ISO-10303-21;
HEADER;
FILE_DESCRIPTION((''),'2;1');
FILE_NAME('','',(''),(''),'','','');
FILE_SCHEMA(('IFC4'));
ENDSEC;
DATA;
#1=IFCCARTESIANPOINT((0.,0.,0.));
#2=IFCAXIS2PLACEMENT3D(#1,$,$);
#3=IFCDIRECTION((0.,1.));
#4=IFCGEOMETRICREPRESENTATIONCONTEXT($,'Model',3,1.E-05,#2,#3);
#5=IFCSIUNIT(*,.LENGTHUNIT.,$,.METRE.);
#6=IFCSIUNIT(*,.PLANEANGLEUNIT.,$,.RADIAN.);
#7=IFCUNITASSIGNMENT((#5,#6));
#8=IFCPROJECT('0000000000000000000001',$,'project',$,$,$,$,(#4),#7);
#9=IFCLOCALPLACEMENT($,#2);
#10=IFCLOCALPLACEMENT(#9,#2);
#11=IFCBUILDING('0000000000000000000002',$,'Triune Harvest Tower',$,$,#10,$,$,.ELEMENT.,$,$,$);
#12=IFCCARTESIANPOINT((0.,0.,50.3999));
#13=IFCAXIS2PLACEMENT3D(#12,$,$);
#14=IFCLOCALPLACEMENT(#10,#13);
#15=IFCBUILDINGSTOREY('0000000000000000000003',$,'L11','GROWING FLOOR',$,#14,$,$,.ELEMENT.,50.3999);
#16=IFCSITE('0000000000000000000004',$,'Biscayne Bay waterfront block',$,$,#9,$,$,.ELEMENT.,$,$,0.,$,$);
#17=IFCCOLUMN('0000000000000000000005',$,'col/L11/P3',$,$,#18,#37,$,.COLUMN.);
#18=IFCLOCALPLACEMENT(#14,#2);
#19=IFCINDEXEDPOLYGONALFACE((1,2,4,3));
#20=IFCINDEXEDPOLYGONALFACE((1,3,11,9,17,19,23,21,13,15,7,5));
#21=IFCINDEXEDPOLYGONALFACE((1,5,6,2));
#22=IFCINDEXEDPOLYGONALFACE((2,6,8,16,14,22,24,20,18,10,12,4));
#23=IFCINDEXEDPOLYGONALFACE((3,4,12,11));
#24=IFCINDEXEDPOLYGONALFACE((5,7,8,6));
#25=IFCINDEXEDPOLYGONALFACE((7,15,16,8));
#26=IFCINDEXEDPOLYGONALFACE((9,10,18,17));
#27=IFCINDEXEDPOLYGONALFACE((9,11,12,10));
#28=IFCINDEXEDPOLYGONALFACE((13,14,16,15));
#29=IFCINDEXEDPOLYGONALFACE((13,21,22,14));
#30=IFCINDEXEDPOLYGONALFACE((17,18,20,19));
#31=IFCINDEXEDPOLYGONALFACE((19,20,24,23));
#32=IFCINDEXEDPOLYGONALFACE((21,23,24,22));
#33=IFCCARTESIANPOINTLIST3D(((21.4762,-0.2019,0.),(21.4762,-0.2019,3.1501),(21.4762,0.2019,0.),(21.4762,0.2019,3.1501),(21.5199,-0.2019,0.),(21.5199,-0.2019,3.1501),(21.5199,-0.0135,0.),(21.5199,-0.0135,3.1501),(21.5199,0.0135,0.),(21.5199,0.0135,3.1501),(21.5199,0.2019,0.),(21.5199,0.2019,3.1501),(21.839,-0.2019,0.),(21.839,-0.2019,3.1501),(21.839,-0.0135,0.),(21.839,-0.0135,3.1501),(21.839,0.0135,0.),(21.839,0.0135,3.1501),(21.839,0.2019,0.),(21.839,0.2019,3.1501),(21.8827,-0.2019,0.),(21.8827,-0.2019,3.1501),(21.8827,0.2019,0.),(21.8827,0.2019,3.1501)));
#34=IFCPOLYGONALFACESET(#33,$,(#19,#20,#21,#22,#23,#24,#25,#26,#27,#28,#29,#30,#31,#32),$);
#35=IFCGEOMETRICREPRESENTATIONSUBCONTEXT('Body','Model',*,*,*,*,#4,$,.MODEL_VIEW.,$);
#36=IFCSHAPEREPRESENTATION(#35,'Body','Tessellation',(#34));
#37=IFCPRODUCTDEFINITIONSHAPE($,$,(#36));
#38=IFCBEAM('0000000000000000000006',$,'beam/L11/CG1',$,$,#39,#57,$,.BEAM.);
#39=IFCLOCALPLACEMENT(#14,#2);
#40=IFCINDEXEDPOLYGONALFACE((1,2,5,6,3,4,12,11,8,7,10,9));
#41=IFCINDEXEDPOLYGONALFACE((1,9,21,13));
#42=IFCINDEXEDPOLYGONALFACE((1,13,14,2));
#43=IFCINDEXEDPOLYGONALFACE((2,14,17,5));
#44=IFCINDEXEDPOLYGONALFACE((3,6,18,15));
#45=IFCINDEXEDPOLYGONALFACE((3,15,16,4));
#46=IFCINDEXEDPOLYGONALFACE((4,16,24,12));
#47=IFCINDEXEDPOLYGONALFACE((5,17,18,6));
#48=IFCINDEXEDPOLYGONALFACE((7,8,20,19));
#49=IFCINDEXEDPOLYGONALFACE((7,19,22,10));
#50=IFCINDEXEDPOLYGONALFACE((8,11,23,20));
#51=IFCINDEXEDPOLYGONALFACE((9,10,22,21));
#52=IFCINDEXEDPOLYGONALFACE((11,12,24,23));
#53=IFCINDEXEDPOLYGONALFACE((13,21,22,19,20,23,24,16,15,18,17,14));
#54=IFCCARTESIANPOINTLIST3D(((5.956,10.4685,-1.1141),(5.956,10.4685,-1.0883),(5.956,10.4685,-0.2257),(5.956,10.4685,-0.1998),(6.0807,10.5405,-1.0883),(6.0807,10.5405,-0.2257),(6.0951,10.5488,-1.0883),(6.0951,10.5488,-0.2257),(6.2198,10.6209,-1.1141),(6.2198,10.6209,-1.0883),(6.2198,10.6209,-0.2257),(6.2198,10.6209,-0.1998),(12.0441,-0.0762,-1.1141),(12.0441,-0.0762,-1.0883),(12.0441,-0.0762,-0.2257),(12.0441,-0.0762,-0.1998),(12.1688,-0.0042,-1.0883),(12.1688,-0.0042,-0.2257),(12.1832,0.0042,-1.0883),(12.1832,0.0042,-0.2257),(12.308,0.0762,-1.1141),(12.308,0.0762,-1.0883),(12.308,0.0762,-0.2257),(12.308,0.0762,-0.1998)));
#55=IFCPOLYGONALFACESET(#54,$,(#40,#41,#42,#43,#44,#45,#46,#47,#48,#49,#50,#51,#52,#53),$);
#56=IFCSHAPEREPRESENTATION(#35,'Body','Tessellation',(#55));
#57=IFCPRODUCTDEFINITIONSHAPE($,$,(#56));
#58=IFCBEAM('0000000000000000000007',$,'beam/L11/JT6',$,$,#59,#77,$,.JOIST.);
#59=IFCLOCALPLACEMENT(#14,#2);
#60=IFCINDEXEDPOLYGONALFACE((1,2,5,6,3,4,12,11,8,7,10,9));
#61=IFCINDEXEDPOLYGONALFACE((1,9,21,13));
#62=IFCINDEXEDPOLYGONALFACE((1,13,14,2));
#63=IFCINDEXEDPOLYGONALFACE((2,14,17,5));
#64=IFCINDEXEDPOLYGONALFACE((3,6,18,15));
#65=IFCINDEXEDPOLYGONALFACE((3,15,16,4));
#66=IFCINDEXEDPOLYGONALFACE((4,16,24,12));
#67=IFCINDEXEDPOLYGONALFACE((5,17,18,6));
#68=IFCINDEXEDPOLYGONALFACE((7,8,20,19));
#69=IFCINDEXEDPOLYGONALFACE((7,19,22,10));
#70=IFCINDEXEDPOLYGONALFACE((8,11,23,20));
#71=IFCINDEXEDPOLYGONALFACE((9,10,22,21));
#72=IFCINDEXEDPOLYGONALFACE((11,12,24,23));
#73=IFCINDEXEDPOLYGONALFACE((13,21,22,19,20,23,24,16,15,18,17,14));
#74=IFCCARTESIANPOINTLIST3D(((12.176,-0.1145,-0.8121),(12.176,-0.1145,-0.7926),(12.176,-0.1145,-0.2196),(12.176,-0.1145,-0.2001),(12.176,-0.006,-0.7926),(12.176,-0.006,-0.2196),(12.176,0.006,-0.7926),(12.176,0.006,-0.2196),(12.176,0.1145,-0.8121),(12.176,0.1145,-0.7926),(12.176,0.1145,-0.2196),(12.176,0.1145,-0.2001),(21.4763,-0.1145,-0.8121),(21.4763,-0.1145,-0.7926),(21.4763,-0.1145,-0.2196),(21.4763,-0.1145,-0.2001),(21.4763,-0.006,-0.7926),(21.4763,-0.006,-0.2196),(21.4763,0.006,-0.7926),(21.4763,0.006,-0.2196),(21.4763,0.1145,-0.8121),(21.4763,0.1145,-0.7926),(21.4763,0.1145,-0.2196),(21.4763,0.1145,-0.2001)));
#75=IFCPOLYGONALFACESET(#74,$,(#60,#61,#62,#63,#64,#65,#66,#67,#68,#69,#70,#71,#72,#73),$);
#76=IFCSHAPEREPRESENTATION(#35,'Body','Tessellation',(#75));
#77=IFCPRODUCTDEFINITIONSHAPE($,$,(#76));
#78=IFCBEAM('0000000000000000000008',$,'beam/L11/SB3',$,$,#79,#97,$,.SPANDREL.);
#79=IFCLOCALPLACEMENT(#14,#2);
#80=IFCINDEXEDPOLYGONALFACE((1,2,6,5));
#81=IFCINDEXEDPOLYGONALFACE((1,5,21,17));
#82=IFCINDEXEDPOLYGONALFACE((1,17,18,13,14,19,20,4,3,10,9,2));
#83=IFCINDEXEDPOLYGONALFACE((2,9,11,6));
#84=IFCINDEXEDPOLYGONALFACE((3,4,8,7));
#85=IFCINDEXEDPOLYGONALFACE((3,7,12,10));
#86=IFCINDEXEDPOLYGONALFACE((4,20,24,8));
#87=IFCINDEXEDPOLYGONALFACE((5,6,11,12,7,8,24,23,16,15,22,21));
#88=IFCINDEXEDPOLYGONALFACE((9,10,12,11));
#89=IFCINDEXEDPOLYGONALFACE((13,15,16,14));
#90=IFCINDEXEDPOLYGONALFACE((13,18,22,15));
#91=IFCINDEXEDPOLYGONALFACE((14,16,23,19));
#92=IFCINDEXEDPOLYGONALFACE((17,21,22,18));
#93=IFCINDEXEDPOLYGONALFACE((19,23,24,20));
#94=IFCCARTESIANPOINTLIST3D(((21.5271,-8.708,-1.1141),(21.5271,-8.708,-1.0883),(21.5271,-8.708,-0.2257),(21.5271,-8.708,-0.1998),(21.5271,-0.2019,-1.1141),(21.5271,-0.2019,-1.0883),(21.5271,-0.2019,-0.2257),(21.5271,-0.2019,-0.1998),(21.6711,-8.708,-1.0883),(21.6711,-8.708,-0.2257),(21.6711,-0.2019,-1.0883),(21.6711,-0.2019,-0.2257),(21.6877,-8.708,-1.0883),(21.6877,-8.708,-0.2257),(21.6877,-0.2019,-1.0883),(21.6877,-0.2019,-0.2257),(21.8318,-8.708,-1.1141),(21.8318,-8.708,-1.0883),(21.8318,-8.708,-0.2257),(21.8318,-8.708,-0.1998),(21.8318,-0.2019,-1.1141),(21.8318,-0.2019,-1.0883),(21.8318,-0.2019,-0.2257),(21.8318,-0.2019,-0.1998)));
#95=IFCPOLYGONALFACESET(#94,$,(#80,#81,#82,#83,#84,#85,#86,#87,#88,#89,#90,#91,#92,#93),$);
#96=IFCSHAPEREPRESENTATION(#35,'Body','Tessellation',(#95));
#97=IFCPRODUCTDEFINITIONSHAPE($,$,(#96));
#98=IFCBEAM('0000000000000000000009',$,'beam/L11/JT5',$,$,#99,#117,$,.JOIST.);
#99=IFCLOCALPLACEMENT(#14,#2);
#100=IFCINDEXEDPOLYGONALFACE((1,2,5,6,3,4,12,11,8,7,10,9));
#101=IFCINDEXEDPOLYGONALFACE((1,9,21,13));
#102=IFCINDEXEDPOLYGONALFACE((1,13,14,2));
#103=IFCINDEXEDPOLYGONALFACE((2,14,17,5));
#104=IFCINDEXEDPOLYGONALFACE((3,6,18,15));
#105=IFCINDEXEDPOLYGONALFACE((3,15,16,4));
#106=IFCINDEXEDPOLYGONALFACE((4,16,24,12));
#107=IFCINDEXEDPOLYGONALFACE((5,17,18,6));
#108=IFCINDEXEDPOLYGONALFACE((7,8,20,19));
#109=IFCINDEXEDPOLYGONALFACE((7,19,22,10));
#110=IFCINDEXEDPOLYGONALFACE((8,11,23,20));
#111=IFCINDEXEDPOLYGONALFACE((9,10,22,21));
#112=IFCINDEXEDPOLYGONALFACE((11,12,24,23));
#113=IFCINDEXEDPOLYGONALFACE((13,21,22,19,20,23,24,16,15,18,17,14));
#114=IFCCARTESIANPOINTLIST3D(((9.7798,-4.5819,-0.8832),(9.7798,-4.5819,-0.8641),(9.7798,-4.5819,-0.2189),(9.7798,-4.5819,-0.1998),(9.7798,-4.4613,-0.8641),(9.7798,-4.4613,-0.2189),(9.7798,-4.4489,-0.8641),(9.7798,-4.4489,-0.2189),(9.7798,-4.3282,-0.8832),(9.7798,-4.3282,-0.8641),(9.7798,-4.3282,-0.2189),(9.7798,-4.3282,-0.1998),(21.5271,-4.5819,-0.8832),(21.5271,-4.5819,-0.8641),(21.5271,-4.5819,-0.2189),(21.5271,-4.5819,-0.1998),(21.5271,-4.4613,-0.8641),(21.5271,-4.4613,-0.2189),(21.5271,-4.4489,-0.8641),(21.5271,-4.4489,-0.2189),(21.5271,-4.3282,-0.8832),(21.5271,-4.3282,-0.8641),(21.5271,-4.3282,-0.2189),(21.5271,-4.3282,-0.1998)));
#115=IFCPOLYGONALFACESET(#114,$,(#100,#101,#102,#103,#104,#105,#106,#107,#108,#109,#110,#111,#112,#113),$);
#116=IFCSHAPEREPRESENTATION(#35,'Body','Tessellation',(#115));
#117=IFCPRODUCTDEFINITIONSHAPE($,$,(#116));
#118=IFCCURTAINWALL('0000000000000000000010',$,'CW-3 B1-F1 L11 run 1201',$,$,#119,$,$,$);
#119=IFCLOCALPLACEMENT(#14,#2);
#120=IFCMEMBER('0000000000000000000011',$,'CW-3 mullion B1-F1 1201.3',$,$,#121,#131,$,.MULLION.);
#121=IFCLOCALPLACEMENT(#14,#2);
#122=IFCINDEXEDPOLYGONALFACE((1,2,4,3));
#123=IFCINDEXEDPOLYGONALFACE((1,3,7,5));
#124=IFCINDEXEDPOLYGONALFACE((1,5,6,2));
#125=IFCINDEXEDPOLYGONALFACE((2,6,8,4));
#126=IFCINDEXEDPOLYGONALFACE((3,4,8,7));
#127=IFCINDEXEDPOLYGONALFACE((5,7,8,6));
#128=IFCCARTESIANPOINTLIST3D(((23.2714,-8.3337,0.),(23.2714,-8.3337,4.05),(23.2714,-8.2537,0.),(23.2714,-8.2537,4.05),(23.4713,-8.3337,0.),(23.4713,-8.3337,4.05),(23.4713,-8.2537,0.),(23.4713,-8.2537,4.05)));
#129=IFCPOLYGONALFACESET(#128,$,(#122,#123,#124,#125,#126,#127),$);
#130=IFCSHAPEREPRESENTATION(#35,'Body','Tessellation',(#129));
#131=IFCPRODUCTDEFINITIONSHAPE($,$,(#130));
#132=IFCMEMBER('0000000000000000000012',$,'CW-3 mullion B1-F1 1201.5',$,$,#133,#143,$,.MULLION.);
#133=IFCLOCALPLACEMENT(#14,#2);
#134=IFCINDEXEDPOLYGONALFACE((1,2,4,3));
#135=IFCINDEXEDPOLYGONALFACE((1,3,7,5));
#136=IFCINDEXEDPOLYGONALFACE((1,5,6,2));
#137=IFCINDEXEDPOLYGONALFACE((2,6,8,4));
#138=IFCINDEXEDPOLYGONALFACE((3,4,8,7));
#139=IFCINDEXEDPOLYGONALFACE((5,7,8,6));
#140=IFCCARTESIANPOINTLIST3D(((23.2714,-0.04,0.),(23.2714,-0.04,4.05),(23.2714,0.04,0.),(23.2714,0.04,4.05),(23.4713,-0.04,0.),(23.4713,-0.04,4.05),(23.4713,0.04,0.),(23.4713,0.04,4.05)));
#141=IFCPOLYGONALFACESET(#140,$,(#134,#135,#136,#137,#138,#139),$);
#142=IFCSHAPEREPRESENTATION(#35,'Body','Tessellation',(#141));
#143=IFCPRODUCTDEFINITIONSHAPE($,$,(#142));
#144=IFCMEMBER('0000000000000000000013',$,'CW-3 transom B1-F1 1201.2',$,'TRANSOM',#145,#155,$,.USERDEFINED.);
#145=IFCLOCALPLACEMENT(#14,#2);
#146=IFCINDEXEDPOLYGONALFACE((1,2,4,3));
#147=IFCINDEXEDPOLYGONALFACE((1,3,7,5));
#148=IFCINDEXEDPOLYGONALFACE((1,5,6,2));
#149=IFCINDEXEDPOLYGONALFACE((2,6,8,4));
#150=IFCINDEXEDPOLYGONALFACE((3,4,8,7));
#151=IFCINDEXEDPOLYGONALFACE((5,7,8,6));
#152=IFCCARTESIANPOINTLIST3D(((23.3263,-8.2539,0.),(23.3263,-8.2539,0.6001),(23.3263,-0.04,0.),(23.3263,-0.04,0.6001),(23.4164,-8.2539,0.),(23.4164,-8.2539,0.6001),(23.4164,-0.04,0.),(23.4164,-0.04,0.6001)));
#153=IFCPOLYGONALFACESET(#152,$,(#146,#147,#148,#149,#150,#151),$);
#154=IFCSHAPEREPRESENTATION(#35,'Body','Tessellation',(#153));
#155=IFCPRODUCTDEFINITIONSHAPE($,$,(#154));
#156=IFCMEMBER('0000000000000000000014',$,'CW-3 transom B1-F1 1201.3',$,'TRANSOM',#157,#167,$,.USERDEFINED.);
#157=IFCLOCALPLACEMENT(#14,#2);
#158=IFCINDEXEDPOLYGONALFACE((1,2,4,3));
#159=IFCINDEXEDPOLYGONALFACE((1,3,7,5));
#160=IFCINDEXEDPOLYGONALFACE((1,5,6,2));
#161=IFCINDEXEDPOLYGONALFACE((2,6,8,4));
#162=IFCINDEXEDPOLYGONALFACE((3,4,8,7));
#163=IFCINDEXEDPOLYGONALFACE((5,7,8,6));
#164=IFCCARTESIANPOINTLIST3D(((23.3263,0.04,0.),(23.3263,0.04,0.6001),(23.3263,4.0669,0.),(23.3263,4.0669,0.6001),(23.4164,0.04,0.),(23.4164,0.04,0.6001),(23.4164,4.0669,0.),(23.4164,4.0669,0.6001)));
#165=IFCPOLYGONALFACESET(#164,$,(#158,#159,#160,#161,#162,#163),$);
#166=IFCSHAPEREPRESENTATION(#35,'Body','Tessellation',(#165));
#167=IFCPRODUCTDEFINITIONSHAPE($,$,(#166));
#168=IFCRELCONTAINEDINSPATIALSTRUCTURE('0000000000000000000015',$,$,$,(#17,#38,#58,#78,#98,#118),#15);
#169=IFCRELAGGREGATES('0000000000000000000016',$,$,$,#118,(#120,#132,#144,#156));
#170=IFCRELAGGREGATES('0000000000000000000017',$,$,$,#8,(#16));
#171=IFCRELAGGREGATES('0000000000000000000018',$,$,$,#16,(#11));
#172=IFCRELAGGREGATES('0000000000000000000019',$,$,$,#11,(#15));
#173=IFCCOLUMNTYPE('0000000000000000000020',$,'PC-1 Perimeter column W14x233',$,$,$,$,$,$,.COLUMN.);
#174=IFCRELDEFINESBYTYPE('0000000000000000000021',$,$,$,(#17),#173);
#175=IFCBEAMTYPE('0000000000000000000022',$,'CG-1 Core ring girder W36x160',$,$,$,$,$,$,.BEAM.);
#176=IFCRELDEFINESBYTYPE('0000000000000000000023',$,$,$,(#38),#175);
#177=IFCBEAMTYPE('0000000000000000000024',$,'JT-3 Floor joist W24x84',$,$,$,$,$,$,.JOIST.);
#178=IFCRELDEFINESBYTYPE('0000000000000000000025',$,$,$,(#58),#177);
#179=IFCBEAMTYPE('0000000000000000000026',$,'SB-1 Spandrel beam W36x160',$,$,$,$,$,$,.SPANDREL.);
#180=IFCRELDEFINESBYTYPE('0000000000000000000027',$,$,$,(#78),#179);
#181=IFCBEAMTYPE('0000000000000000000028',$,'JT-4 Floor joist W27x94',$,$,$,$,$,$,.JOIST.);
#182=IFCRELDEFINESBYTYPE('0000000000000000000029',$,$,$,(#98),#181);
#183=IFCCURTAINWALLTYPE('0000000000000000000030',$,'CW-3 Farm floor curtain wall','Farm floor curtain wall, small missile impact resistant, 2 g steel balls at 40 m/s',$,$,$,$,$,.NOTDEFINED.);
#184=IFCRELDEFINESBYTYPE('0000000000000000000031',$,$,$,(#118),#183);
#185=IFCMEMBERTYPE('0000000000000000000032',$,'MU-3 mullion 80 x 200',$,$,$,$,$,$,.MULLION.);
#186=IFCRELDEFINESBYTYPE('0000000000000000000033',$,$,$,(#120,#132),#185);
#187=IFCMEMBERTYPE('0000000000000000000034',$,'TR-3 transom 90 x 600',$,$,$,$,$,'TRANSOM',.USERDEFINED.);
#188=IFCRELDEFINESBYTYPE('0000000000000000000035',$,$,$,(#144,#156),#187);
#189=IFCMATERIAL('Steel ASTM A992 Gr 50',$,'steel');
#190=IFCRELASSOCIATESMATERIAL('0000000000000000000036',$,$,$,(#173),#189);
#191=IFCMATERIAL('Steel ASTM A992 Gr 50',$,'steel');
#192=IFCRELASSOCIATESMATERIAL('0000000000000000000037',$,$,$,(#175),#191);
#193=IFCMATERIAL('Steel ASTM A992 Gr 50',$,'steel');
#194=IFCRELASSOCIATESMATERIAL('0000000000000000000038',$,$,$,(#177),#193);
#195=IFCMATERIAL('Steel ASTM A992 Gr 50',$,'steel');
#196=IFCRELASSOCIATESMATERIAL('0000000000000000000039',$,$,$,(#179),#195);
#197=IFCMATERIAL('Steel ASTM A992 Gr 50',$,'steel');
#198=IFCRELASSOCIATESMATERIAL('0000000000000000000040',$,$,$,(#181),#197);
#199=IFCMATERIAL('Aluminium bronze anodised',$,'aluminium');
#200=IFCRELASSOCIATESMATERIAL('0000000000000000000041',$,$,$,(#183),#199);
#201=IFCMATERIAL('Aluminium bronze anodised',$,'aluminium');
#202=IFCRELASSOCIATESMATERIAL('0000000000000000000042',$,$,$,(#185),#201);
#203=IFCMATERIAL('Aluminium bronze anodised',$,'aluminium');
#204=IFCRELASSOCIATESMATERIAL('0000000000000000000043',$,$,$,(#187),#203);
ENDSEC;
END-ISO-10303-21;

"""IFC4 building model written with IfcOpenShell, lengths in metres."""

from ifc_helpers import new_model, si_unit, direction, frame, origin, origin_2d, place, context, subcontext, project, spatial, rectangle, i_section, extrude, source, transform, mapped, material, material_profile, profile_set, type_object, element, aggregate, save


model = new_model("IFC4")

# Units and contexts
model_context = context("Model", 3, precision=1e-05, world=origin(), true_north=direction((0.0, 1.0)))
body_context = subcontext(model_context, "Body", "Model", "MODEL_VIEW")
ifc_project = project(units=[si_unit("LENGTHUNIT", "METRE"), si_unit("PLANEANGLEUNIT", "RADIAN")], contexts=[model_context])

# Site, building, storey
site_placement = place(None, origin())
site = spatial("IfcSite", under=ifc_project, at=site_placement, Name="Biscayne Bay waterfront block", CompositionType="ELEMENT", RefElevation=0.0)
building_placement = place(site_placement, origin())
building = spatial("IfcBuilding", under=site, at=building_placement, Name="Triune Harvest Tower", CompositionType="ELEMENT")
storey_placement = place(building_placement, frame((0.0, 0.0, 50.3999)))
storey = spatial("IfcBuildingStorey", under=building, at=storey_placement, Name="L11", Description="GROWING FLOOR", CompositionType="ELEMENT", Elevation=50.3999)

# Column
ifc_material_1 = material(Name="Steel ASTM A992 Gr 50", Category="steel")
ifc_material_profile_1 = material_profile(ifc_material_1, i_section(OverallWidth=0.4038, OverallDepth=0.4065, WebThickness=0.0271, FlangeThickness=0.0437, at=origin_2d()), Name="W14x233")
ifc_profile_set_1 = profile_set([ifc_material_profile_1], Name="Steel ASTM A992 Gr 50")
column_type = type_object("IfcColumnType", Name="PC-1 Perimeter column W14x233", PredefinedType="COLUMN", material=ifc_profile_set_1)
shared_shape_1 = source(origin(), body_context, "Body", "SweptSolid", [
    extrude(i_section(OverallWidth=0.4038, OverallDepth=0.4065, WebThickness=0.0271, FlangeThickness=0.0437, at=origin_2d()), origin(), (0.0, 0.0, 1.0), 3.1501),
])
column_placement = place(storey_placement, frame((21.6794, 0.0, 0.0), z_axis=(0.0, 0.0, 1.0), x_axis=(0.0, 1.0, 0.0)))
element("IfcColumn", 1, at=column_placement, inside=storey, type_object=column_type, Name="col/L11/P3", PredefinedType="COLUMN", context=body_context, shape_type="MappedRepresentation", body=[
    mapped(shared_shape_1, transform((0.0, 0.0, 0.0), scale=1.0)),
])

# Beams
ifc_material_2 = material(Name="Steel ASTM A992 Gr 50", Category="steel")
ifc_material_profile_2 = material_profile(ifc_material_2, i_section(OverallWidth=0.3047, OverallDepth=0.9143, WebThickness=0.0166, FlangeThickness=0.0259, at=origin_2d()), Name="W36x160")
ifc_profile_set_2 = profile_set([ifc_material_profile_2], Name="Steel ASTM A992 Gr 50")
beam_type_1 = type_object("IfcBeamType", Name="CG-1 Core ring girder W36x160", PredefinedType="BEAM", material=ifc_profile_set_2)
shared_shape_2 = source(origin(), body_context, "Body", "SweptSolid", [
    extrude(i_section(OverallWidth=0.3047, OverallDepth=0.9143, WebThickness=0.0166, FlangeThickness=0.0259, at=origin_2d()), origin(), (0.0, 0.0, 1.0), 12.176),
])
beam_1_placement = place(storey_placement, frame((12.176, 0.0, -0.657), z_axis=(-0.50001, 0.86602, 0.0), x_axis=(-0.86602, -0.50001, 0.0)))
element("IfcBeam", 2, at=beam_1_placement, inside=storey, type_object=beam_type_1, Name="beam/L11/CG1", PredefinedType="BEAM", context=body_context, shape_type="MappedRepresentation", body=[
    mapped(shared_shape_2, transform((0.0, 0.0, 0.0), scale=1.0)),
])
ifc_material_3 = material(Name="Steel ASTM A992 Gr 50", Category="steel")
ifc_material_profile_3 = material_profile(ifc_material_3, i_section(OverallWidth=0.229, OverallDepth=0.6121, WebThickness=0.012, FlangeThickness=0.0195, at=origin_2d()), Name="W24x84")
ifc_profile_set_3 = profile_set([ifc_material_profile_3], Name="Steel ASTM A992 Gr 50")
beam_type_2 = type_object("IfcBeamType", Name="JT-3 Floor joist W24x84", PredefinedType="JOIST", material=ifc_profile_set_3)
shared_shape_3 = source(origin(), body_context, "Body", "SweptSolid", [
    extrude(i_section(OverallWidth=0.229, OverallDepth=0.6121, WebThickness=0.012, FlangeThickness=0.0195, at=origin_2d()), origin(), (0.0, 0.0, 1.0), 9.3003),
])
beam_2_placement = place(storey_placement, frame((21.4763, 0.0, -0.5061), z_axis=(-1.0, 0.0, 0.0), x_axis=(0.0, -1.0, 0.0)))
element("IfcBeam", 3, at=beam_2_placement, inside=storey, type_object=beam_type_2, Name="beam/L11/JT6", PredefinedType="JOIST", context=body_context, shape_type="MappedRepresentation", body=[
    mapped(shared_shape_3, transform((0.0, 0.0, 0.0), scale=1.0)),
])
ifc_material_4 = material(Name="Steel ASTM A992 Gr 50", Category="steel")
ifc_material_profile_4 = material_profile(ifc_material_4, i_section(OverallWidth=0.3047, OverallDepth=0.9143, WebThickness=0.0166, FlangeThickness=0.0259, at=origin_2d()), Name="W36x160")
ifc_profile_set_4 = profile_set([ifc_material_profile_4], Name="Steel ASTM A992 Gr 50")
beam_type_3 = type_object("IfcBeamType", Name="SB-1 Spandrel beam W36x160", PredefinedType="SPANDREL", material=ifc_profile_set_4)
shared_shape_4 = source(origin(), body_context, "Body", "SweptSolid", [
    extrude(i_section(OverallWidth=0.3047, OverallDepth=0.9143, WebThickness=0.0166, FlangeThickness=0.0259, at=origin_2d()), origin(), (0.0, 0.0, 1.0), 8.5061),
])
beam_3_placement = place(storey_placement, frame((21.6794, -8.708, -0.657), z_axis=(0.0, 1.0, 0.0), x_axis=(-1.0, 0.0, 0.0)))
element("IfcBeam", 4, at=beam_3_placement, inside=storey, type_object=beam_type_3, Name="beam/L11/SB3", PredefinedType="SPANDREL", context=body_context, shape_type="MappedRepresentation", body=[
    mapped(shared_shape_4, transform((0.0, 0.0, 0.0), scale=1.0)),
])
ifc_material_5 = material(Name="Steel ASTM A992 Gr 50", Category="steel")
ifc_material_profile_5 = material_profile(ifc_material_5, i_section(OverallWidth=0.2537, OverallDepth=0.6833, WebThickness=0.0125, FlangeThickness=0.019, at=origin_2d()), Name="W27x94")
ifc_profile_set_5 = profile_set([ifc_material_profile_5], Name="Steel ASTM A992 Gr 50")
beam_type_4 = type_object("IfcBeamType", Name="JT-4 Floor joist W27x94", PredefinedType="JOIST", material=ifc_profile_set_5)
shared_shape_5 = source(origin(), body_context, "Body", "SweptSolid", [
    extrude(i_section(OverallWidth=0.2537, OverallDepth=0.6833, WebThickness=0.0125, FlangeThickness=0.019, at=origin_2d()), origin(), (0.0, 0.0, 1.0), 11.7473),
])
beam_4_placement = place(storey_placement, frame((21.5271, -4.4551, -0.5415), z_axis=(-1.0, 0.0, 0.0), x_axis=(0.0, -1.0, 0.0)))
element("IfcBeam", 5, at=beam_4_placement, inside=storey, type_object=beam_type_4, Name="beam/L11/JT5", PredefinedType="JOIST", context=body_context, shape_type="MappedRepresentation", body=[
    mapped(shared_shape_5, transform((0.0, 0.0, 0.0), scale=1.0)),
])

# Curtain wall, members
ifc_material_6 = material(Name="Aluminium bronze anodised", Category="aluminium")
curtain_wall_type = type_object("IfcCurtainWallType", Name="CW-3 Farm floor curtain wall", Description="Farm floor curtain wall, small missile impact resistant, 2 g steel balls at 40 m/s", PredefinedType="NOTDEFINED", material=ifc_material_6)
curtain_wall_placement = place(storey_placement, origin())
curtain_wall = element("IfcCurtainWall", 6, at=curtain_wall_placement, inside=storey, type_object=curtain_wall_type, Name="CW-3 B1-F1 L11 run 1201")
ifc_material_7 = material(Name="Aluminium bronze anodised", Category="aluminium")
ifc_material_profile_6 = material_profile(ifc_material_7, rectangle(XDim=0.2, YDim=0.0801, at=origin_2d()), Name="MU-3 mullion 80 x 200")
ifc_profile_set_6 = profile_set([ifc_material_profile_6], Name="Aluminium bronze anodised")
member_type_1 = type_object("IfcMemberType", Name="MU-3 mullion 80 x 200", PredefinedType="MULLION", material=ifc_profile_set_6)
shared_shape_6 = source(origin(), body_context, "Body", "SweptSolid", [
    extrude(rectangle(XDim=0.2, YDim=0.0801, at=origin_2d()), origin(), (0.0, 0.0, 1.0), 4.05),
])
member_1_placement = place(storey_placement, frame((23.3713, -8.2937, 0.0), z_axis=(0.0, 0.0, 1.0), x_axis=(-1.0, 0.0, 0.0)))
member_1 = element("IfcMember", 7, at=member_1_placement, type_object=member_type_1, Name="CW-3 mullion B1-F1 1201.3", PredefinedType="MULLION", context=body_context, shape_type="MappedRepresentation", body=[
    mapped(shared_shape_6, transform((0.0, 0.0, 0.0), scale=1.0)),
])
member_2_placement = place(storey_placement, frame((23.3713, 0.0, 0.0), z_axis=(0.0, 0.0, 1.0), x_axis=(-1.0, 0.0, 0.0)))
member_2 = element("IfcMember", 8, at=member_2_placement, type_object=member_type_1, Name="CW-3 mullion B1-F1 1201.5", PredefinedType="MULLION", context=body_context, shape_type="MappedRepresentation", body=[
    mapped(shared_shape_6, transform((0.0, 0.0, 0.0), scale=1.0)),
])
ifc_material_8 = material(Name="Aluminium bronze anodised", Category="aluminium")
ifc_material_profile_7 = material_profile(ifc_material_8, rectangle(XDim=0.0901, YDim=0.6001, at=origin_2d()), Name="TR-3 transom 90 x 600")
ifc_profile_set_7 = profile_set([ifc_material_profile_7], Name="Aluminium bronze anodised")
member_type_2 = type_object("IfcMemberType", Name="TR-3 transom 90 x 600", ElementType="TRANSOM", PredefinedType="USERDEFINED", material=ifc_profile_set_7)
shared_shape_7 = source(origin(), body_context, "Body", "SweptSolid", [
    extrude(rectangle(XDim=0.0901, YDim=0.6001, at=origin_2d()), origin(), (0.0, 0.0, 1.0), 8.2139),
])
member_3_placement = place(storey_placement, frame((23.3713, -8.2539, 0.3), z_axis=(0.0, 1.0, 0.0), x_axis=(-1.0, 0.0, 0.0)))
member_3 = element("IfcMember", 9, at=member_3_placement, type_object=member_type_2, Name="CW-3 transom B1-F1 1201.2", ObjectType="TRANSOM", PredefinedType="USERDEFINED", context=body_context, shape_type="MappedRepresentation", body=[
    mapped(shared_shape_7, transform((0.0, 0.0, 0.0), scale=1.0)),
])
shared_shape_8 = source(origin(), body_context, "Body", "SweptSolid", [
    extrude(rectangle(XDim=0.0901, YDim=0.6001, at=origin_2d()), origin(), (0.0, 0.0, 1.0), 4.0269),
])
member_4_placement = place(storey_placement, frame((23.3713, 0.04, 0.3), z_axis=(0.0, 1.0, 0.0), x_axis=(-1.0, 0.0, 0.0)))
member_4 = element("IfcMember", 10, at=member_4_placement, type_object=member_type_2, Name="CW-3 transom B1-F1 1201.3", ObjectType="TRANSOM", PredefinedType="USERDEFINED", context=body_context, shape_type="MappedRepresentation", body=[
    mapped(shared_shape_8, transform((0.0, 0.0, 0.0), scale=1.0)),
])
aggregate(curtain_wall, [member_1, member_2, member_3, member_4])

save(model, "model.ifc")
